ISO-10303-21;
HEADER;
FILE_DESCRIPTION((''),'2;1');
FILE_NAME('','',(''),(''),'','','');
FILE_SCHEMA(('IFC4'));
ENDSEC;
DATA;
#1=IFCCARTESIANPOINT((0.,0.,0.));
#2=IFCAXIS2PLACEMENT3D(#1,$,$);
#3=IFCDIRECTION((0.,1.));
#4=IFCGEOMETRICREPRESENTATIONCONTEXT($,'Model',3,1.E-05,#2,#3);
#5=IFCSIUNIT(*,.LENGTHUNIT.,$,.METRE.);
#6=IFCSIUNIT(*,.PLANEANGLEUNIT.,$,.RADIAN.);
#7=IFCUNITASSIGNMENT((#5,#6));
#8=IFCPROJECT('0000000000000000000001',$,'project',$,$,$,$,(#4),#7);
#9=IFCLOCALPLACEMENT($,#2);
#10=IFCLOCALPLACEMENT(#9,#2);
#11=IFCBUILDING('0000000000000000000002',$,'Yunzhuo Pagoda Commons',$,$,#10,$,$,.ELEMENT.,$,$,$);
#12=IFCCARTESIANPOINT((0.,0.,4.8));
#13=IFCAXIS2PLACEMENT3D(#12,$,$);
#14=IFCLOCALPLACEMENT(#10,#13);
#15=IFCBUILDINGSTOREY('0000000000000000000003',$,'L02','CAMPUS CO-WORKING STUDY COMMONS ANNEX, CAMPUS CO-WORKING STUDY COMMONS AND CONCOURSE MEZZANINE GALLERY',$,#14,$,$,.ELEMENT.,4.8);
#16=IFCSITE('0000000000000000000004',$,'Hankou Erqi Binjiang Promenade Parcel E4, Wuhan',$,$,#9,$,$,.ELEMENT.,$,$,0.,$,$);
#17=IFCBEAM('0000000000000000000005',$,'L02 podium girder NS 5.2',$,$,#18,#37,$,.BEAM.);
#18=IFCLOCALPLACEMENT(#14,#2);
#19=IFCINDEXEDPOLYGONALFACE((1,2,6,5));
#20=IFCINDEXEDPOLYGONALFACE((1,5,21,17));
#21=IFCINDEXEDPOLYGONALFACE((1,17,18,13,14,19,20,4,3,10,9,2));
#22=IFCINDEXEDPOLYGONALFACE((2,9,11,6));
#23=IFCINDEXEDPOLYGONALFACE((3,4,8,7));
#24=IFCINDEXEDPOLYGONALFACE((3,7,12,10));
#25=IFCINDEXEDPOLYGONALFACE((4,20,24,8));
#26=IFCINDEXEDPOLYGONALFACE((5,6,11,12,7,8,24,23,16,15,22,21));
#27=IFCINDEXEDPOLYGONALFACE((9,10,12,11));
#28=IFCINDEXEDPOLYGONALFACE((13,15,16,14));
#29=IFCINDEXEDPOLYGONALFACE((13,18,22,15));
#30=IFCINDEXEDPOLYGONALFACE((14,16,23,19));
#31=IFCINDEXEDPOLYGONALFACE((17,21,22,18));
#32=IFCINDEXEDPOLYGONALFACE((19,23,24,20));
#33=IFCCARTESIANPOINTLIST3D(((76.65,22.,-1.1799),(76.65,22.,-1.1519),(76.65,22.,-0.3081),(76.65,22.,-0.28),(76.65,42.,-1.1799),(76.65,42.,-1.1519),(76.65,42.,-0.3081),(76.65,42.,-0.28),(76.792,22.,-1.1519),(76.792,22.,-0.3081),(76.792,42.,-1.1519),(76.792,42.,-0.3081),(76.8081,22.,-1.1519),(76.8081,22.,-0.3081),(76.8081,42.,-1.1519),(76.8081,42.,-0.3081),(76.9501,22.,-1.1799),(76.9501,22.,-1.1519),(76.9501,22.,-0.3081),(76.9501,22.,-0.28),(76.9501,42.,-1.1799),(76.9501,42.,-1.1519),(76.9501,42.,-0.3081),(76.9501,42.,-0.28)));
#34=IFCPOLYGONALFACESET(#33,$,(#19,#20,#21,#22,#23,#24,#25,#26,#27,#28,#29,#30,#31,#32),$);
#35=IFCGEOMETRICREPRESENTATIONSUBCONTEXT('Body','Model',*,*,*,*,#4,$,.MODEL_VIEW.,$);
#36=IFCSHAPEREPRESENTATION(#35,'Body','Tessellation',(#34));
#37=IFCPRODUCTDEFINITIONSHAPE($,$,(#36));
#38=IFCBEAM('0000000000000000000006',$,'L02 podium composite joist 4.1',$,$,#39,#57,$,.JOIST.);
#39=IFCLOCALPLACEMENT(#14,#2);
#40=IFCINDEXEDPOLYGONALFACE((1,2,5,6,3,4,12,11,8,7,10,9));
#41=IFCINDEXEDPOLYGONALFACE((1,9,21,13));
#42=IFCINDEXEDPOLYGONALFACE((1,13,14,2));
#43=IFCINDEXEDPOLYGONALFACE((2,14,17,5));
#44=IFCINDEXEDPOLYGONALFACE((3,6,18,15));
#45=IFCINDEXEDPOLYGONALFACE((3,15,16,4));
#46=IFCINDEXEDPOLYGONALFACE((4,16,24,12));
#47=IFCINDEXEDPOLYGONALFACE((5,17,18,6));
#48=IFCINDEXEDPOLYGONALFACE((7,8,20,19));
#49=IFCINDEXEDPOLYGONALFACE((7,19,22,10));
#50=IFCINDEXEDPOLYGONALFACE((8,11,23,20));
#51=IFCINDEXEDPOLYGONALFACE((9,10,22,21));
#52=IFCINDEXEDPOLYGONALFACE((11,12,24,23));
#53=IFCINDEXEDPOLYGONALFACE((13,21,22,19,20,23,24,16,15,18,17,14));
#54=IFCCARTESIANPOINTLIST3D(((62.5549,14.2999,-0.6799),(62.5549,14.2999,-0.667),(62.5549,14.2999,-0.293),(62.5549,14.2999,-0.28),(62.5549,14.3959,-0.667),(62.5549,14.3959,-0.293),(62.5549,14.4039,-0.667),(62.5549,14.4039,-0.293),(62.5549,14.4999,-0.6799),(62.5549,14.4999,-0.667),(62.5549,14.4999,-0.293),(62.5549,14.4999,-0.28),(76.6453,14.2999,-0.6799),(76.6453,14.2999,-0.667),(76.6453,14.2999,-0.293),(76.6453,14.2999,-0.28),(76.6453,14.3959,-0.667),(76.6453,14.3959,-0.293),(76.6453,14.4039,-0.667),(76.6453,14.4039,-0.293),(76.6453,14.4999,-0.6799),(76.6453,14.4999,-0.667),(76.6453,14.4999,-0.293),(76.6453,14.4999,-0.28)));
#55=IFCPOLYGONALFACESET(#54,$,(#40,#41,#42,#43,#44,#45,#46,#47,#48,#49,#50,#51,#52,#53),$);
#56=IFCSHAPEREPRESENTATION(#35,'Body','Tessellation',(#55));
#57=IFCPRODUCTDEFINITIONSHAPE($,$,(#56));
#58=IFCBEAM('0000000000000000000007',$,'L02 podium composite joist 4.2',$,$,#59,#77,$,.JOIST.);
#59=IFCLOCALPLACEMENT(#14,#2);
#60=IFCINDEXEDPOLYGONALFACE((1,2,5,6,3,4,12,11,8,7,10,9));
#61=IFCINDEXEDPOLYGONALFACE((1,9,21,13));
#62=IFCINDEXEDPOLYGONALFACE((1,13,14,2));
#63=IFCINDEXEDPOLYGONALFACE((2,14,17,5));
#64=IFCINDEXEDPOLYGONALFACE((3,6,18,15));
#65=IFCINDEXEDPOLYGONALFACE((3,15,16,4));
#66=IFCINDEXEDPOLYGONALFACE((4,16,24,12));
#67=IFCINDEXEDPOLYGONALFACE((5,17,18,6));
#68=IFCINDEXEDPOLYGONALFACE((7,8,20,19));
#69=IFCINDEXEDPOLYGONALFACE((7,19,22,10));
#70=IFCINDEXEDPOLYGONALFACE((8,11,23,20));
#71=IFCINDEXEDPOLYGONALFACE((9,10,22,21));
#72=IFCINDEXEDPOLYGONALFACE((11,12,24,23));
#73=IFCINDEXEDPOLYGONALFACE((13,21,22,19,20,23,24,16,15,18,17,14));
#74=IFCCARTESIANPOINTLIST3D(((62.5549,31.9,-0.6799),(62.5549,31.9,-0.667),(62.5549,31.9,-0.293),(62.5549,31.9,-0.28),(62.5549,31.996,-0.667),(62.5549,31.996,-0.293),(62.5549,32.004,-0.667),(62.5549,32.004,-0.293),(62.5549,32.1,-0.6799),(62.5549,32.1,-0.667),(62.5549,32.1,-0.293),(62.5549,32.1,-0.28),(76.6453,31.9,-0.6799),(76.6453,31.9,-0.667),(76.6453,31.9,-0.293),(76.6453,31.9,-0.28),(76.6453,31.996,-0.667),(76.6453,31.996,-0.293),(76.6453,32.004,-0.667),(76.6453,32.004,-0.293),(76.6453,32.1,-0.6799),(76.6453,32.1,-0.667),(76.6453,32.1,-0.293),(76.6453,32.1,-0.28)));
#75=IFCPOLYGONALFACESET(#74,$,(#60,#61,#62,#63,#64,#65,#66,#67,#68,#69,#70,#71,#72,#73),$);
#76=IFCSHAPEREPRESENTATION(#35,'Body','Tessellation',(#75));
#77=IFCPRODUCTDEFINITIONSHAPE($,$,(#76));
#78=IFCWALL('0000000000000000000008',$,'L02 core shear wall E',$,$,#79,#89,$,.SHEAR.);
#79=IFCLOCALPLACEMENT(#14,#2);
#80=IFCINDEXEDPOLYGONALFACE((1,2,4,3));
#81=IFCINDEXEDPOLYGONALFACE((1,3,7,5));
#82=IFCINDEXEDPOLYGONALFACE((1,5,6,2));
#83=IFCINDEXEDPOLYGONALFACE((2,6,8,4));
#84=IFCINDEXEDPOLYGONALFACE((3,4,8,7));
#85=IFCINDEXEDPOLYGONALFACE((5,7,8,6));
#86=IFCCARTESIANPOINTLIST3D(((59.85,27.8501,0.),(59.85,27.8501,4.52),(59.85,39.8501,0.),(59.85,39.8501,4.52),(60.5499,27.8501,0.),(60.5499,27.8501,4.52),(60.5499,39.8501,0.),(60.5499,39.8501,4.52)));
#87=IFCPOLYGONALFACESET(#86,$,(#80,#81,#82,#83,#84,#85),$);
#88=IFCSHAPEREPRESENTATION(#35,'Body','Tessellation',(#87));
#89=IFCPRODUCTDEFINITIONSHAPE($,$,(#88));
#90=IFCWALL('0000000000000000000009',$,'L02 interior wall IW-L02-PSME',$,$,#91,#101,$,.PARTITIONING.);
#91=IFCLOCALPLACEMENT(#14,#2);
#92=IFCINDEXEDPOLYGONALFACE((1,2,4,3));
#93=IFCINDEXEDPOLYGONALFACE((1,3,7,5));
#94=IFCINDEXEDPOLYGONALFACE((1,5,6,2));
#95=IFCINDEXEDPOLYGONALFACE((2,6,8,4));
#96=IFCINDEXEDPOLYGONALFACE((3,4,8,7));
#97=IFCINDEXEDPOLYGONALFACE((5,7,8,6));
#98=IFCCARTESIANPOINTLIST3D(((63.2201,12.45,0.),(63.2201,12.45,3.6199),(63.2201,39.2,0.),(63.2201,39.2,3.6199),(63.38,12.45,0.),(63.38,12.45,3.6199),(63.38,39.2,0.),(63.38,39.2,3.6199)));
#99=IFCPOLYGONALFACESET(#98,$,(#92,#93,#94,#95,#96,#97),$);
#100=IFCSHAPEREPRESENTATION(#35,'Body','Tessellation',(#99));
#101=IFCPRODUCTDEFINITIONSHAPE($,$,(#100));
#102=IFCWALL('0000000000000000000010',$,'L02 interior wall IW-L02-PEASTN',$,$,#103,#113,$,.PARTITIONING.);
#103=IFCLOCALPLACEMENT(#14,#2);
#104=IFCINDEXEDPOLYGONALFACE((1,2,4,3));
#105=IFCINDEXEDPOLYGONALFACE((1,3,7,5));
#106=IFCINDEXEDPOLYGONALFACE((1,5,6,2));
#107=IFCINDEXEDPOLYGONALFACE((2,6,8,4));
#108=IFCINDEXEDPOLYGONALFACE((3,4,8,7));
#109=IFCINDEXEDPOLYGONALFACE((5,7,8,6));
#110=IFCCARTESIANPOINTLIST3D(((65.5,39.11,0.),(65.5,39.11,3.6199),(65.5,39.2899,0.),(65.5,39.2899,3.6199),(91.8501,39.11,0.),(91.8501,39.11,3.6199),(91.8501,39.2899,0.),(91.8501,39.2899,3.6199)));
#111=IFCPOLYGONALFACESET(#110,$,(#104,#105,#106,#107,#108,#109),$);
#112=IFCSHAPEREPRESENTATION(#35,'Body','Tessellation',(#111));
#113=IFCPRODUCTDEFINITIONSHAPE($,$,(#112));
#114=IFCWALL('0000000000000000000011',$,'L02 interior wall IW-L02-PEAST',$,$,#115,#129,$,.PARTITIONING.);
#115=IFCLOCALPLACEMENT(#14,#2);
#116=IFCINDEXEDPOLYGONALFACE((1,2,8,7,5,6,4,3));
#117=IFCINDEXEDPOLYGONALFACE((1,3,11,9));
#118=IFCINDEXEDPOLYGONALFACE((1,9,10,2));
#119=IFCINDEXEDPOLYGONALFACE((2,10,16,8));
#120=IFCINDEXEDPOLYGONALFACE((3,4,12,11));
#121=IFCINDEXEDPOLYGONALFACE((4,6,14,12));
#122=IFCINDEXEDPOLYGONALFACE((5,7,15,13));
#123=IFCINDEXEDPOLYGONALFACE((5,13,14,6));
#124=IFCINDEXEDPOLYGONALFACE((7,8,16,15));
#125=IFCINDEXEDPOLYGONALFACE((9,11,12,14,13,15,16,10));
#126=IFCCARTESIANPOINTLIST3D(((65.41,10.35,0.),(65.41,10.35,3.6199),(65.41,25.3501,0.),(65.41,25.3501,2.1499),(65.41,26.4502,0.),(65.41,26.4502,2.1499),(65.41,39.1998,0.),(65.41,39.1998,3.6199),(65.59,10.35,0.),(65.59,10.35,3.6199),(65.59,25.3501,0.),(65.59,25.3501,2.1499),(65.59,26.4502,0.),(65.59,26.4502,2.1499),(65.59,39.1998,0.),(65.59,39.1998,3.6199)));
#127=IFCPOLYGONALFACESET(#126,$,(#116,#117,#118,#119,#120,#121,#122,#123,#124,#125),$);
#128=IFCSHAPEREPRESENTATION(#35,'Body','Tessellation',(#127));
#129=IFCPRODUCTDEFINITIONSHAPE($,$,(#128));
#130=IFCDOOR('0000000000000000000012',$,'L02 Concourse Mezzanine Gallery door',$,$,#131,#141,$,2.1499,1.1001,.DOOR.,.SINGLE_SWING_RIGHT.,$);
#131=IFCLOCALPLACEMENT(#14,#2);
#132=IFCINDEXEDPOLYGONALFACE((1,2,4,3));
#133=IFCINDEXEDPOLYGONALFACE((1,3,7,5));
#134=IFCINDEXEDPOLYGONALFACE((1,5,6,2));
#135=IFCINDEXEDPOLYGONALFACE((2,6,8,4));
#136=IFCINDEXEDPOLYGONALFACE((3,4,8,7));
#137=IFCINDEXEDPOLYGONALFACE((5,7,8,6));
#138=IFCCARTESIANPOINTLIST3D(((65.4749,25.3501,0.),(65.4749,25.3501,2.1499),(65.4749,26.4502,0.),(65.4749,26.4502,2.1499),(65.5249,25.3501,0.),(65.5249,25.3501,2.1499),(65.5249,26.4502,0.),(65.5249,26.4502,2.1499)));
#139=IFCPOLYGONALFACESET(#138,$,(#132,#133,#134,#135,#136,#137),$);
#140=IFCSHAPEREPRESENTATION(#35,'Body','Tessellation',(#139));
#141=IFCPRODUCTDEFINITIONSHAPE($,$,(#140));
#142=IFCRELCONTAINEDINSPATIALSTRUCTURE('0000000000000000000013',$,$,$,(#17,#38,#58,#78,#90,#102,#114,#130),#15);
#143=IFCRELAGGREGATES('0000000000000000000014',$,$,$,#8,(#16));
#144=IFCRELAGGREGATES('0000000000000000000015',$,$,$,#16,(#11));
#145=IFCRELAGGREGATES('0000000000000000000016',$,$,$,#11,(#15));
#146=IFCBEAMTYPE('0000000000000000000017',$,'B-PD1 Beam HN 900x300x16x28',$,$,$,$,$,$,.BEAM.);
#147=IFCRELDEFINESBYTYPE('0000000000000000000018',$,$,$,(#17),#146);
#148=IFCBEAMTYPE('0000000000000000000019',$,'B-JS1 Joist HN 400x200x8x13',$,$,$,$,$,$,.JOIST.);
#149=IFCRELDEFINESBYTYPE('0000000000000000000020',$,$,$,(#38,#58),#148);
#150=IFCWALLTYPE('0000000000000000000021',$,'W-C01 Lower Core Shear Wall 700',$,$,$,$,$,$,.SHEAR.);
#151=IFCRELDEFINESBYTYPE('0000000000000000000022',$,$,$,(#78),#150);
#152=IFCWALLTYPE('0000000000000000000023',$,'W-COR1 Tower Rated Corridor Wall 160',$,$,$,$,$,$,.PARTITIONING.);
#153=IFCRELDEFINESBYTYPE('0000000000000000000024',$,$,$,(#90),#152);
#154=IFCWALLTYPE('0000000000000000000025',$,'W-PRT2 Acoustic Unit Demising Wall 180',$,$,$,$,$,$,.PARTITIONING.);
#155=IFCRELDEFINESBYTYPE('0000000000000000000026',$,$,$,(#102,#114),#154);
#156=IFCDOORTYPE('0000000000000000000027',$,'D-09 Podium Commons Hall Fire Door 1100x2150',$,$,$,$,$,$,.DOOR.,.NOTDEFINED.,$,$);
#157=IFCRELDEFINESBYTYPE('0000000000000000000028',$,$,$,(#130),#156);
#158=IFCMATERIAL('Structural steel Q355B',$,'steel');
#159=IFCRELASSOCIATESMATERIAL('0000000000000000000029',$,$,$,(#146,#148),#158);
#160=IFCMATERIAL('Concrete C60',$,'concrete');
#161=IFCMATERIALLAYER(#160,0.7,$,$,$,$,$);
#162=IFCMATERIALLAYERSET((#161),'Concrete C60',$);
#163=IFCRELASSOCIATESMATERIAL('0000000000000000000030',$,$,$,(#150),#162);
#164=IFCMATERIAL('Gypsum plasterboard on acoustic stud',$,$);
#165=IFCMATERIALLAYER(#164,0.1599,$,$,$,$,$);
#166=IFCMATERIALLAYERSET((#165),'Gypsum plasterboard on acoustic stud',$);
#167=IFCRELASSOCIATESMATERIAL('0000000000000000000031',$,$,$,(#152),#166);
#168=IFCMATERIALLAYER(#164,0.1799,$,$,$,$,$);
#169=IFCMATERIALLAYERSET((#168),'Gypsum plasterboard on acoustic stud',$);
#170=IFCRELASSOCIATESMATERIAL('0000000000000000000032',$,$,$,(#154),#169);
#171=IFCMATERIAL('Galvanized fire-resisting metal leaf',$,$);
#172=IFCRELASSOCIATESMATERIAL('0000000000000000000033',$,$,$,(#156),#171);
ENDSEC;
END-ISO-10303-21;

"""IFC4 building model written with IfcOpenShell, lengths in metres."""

from ifc_helpers import new_model, si_unit, direction, frame, frame_2d, origin, origin_2d, place, context, subcontext, project, spatial, rectangle, i_section, extrude, source, transform, mapped, material, layer, layer_set, material_profile, profile_set, type_object, element, fill, save


model = new_model("IFC4")

# Units and contexts
model_context = context("Model", 3, precision=1e-05, world=origin(), true_north=direction((0.0, 1.0)))
body_context = subcontext(model_context, "Body", "Model", "MODEL_VIEW")
ifc_project = project(units=[si_unit("LENGTHUNIT", "METRE"), si_unit("PLANEANGLEUNIT", "RADIAN")], contexts=[model_context])

# Site, building, storey
site_placement = place(None, origin())
site = spatial("IfcSite", under=ifc_project, at=site_placement, Name="Hankou Erqi Binjiang Promenade Parcel E4, Wuhan", CompositionType="ELEMENT", RefElevation=0.0)
building_placement = place(site_placement, origin())
building = spatial("IfcBuilding", under=site, at=building_placement, Name="Yunzhuo Pagoda Commons", CompositionType="ELEMENT")
storey_placement = place(building_placement, frame((0.0, 0.0, 4.8)))
storey = spatial("IfcBuildingStorey", under=building, at=storey_placement, Name="L02", Description="CAMPUS CO-WORKING STUDY COMMONS ANNEX, CAMPUS CO-WORKING STUDY COMMONS AND CONCOURSE MEZZANINE GALLERY", CompositionType="ELEMENT", Elevation=4.8)

# Beams
ifc_material_1 = material(Name="Structural steel Q355B", Category="steel")
ifc_material_profile_1 = material_profile(ifc_material_1, i_section(OverallWidth=0.3, OverallDepth=0.8999, WebThickness=0.0161, FlangeThickness=0.0281, at=origin_2d()), Name="Structural steel Q355B")
ifc_profile_set_1 = profile_set([ifc_material_profile_1], Name="Structural steel Q355B")
beam_type_1 = type_object("IfcBeamType", Name="B-PD1 Beam HN 900x300x16x28", PredefinedType="BEAM", material=ifc_profile_set_1)
ifc_material_profile_2 = material_profile(ifc_material_1, i_section(OverallWidth=0.2, OverallDepth=0.3999, WebThickness=0.0081, FlangeThickness=0.0129, at=origin_2d()), Name="Structural steel Q355B")
ifc_profile_set_2 = profile_set([ifc_material_profile_2], Name="Structural steel Q355B")
beam_type_2 = type_object("IfcBeamType", Name="B-JS1 Joist HN 400x200x8x13", PredefinedType="JOIST", material=ifc_profile_set_2)
shared_shape_1 = source(origin(), body_context, "Body", "SweptSolid", [
    extrude(i_section(OverallWidth=0.3, OverallDepth=0.8999, WebThickness=0.0161, FlangeThickness=0.0281, at=origin_2d()), origin(), (0.0, 0.0, 1.0), 20.0),
])
for number, where, z_axis, x_axis, name in (
    (1, (76.8, 22.0, -0.73), (0.0, 1.0, 0.0), (-1.0, 0.0, 0.0), "L02 podium girder NS 5.2"),
):
    element("IfcBeam", number, at=place(storey_placement, frame(where, z_axis=z_axis, x_axis=x_axis)), inside=storey, type_object=beam_type_1, Name=name, PredefinedType="BEAM", context=body_context, shape_type="MappedRepresentation", body=[
        mapped(shared_shape_1, transform((0.0, 0.0, 0.0), scale=1.0)),
    ])
shared_shape_2 = source(origin(), body_context, "Body", "SweptSolid", [
    extrude(i_section(OverallWidth=0.2, OverallDepth=0.3999, WebThickness=0.0081, FlangeThickness=0.0129, at=origin_2d()), origin(), (0.0, 0.0, 1.0), 14.0903),
])
for number, where, z_axis, x_axis, name in (
    (2, (62.5549, 14.3999, -0.48), (1.0, 0.0, 0.0), (0.0, 1.0, 0.0), "L02 podium composite joist 4.1"),
    (3, (62.5549, 32.0, -0.48), (1.0, 0.0, 0.0), (0.0, 1.0, 0.0), "L02 podium composite joist 4.2"),
):
    element("IfcBeam", number, at=place(storey_placement, frame(where, z_axis=z_axis, x_axis=x_axis)), inside=storey, type_object=beam_type_2, Name=name, PredefinedType="JOIST", context=body_context, shape_type="MappedRepresentation", body=[
        mapped(shared_shape_2, transform((0.0, 0.0, 0.0), scale=1.0)),
    ])

# Walls
ifc_material_2 = material(Name="Concrete C60", Category="concrete")
ifc_layer_1 = layer(ifc_material_2, 0.7)
ifc_layer_set_1 = layer_set([ifc_layer_1], Name="Concrete C60")
wall_type_1 = type_object("IfcWallType", Name="W-C01 Lower Core Shear Wall 700", PredefinedType="SHEAR", material=ifc_layer_set_1)
wall_1_placement = place(storey_placement, frame((60.2, 27.8501, 0.0), z_axis=(0.0, 0.0, 1.0), x_axis=(0.0, 1.0, 0.0)))
element("IfcWall", 4, at=wall_1_placement, inside=storey, type_object=wall_type_1, Name="L02 core shear wall E", PredefinedType="SHEAR", context=body_context, shape_type="SweptSolid", body=[
    extrude(rectangle(XDim=12.0, YDim=0.7, at=frame_2d((6.0, 0.0))), origin(), (0.0, 0.0, 1.0), 4.52),
])
ifc_material_3 = material(Name="Gypsum plasterboard on acoustic stud")
ifc_layer_2 = layer(ifc_material_3, 0.1599)
ifc_layer_set_2 = layer_set([ifc_layer_2], Name="Gypsum plasterboard on acoustic stud")
wall_type_2 = type_object("IfcWallType", Name="W-COR1 Tower Rated Corridor Wall 160", PredefinedType="PARTITIONING", material=ifc_layer_set_2)
wall_2_placement = place(storey_placement, frame((63.3, 12.45, 0.0), z_axis=(0.0, 0.0, 1.0), x_axis=(0.0, 1.0, 0.0)))
element("IfcWall", 5, at=wall_2_placement, inside=storey, type_object=wall_type_2, Name="L02 interior wall IW-L02-PSME", PredefinedType="PARTITIONING", context=body_context, shape_type="SweptSolid", body=[
    extrude(rectangle(XDim=26.75, YDim=0.1599, at=frame_2d((13.375, 0.0))), origin(), (0.0, 0.0, 1.0), 3.6199),
])
ifc_layer_3 = layer(ifc_material_3, 0.1799)
ifc_layer_set_3 = layer_set([ifc_layer_3], Name="Gypsum plasterboard on acoustic stud")
wall_type_3 = type_object("IfcWallType", Name="W-PRT2 Acoustic Unit Demising Wall 180", PredefinedType="PARTITIONING", material=ifc_layer_set_3)
wall_3_placement = place(storey_placement, frame((65.5, 39.2, 0.0), z_axis=(0.0, 0.0, 1.0), x_axis=(1.0, 0.0, 0.0)))
element("IfcWall", 6, at=wall_3_placement, inside=storey, type_object=wall_type_3, Name="L02 interior wall IW-L02-PEASTN", PredefinedType="PARTITIONING", context=body_context, shape_type="SweptSolid", body=[
    extrude(rectangle(XDim=26.3501, YDim=0.1799, at=frame_2d((13.175, 0.0))), origin(), (0.0, 0.0, 1.0), 3.6199),
])

# Wall, opening, door
wall_4_placement = place(storey_placement, frame((65.5, 10.3501, 0.0), z_axis=(0.0, 0.0, 1.0), x_axis=(0.0, 1.0, 0.0)))
wall_4 = element("IfcWall", 7, at=wall_4_placement, inside=storey, type_object=wall_type_3, Name="L02 interior wall IW-L02-PEAST", PredefinedType="PARTITIONING", context=body_context, shape_type="SweptSolid", body=[
    extrude(rectangle(XDim=28.8499, YDim=0.1799, at=frame_2d((14.4248, 0.0))), origin(), (0.0, 0.0, 1.0), 3.6199),
])
opening_placement = place(wall_4_placement, frame((15.0, 0.0, 0.0)))
opening = element("IfcOpeningElement", 8, at=opening_placement, cuts=wall_4, PredefinedType="OPENING", context=body_context, shape_type="SweptSolid", body=[
    extrude(rectangle(XDim=1.1001, YDim=2.1499, at=frame_2d((0.55, 1.075))), frame((0.0, 0.1001, 0.0), z_axis=(0.0, -1.0, 0.0), x_axis=(1.0, 0.0, 0.0)), (0.0, 0.0, 1.0), 0.2),
])
ifc_material_4 = material(Name="Galvanized fire-resisting metal leaf")
door_type = type_object("IfcDoorType", Name="D-09 Podium Commons Hall Fire Door 1100x2150", OperationType="NOTDEFINED", PredefinedType="DOOR", material=ifc_material_4)
shared_shape_3 = source(origin(), body_context, "Body", "SweptSolid", [
    extrude(rectangle(XDim=1.1001, YDim=2.1499, at=frame_2d((0.55, 1.075))), frame((0.0, 0.0249, 0.0), z_axis=(0.0, -1.0, 0.0), x_axis=(1.0, 0.0, 0.0)), (0.0, 0.0, 1.0), 0.05),
])
door_placement = place(opening_placement, frame((1.1001, 0.0, 0.0), z_axis=(0.0, 0.0, 1.0), x_axis=(-1.0, 0.0, 0.0)))
door = element("IfcDoor", 9, at=door_placement, inside=storey, type_object=door_type, Name="L02 Concourse Mezzanine Gallery door", OperationType="SINGLE_SWING_RIGHT", OverallHeight=2.1499, OverallWidth=1.1001, PredefinedType="DOOR", context=body_context, shape_type="MappedRepresentation", body=[
    mapped(shared_shape_3, transform((0.0, 0.0, 0.0), scale=1.0)),
])
fill(opening, door)

save(model, "model.ifc")
